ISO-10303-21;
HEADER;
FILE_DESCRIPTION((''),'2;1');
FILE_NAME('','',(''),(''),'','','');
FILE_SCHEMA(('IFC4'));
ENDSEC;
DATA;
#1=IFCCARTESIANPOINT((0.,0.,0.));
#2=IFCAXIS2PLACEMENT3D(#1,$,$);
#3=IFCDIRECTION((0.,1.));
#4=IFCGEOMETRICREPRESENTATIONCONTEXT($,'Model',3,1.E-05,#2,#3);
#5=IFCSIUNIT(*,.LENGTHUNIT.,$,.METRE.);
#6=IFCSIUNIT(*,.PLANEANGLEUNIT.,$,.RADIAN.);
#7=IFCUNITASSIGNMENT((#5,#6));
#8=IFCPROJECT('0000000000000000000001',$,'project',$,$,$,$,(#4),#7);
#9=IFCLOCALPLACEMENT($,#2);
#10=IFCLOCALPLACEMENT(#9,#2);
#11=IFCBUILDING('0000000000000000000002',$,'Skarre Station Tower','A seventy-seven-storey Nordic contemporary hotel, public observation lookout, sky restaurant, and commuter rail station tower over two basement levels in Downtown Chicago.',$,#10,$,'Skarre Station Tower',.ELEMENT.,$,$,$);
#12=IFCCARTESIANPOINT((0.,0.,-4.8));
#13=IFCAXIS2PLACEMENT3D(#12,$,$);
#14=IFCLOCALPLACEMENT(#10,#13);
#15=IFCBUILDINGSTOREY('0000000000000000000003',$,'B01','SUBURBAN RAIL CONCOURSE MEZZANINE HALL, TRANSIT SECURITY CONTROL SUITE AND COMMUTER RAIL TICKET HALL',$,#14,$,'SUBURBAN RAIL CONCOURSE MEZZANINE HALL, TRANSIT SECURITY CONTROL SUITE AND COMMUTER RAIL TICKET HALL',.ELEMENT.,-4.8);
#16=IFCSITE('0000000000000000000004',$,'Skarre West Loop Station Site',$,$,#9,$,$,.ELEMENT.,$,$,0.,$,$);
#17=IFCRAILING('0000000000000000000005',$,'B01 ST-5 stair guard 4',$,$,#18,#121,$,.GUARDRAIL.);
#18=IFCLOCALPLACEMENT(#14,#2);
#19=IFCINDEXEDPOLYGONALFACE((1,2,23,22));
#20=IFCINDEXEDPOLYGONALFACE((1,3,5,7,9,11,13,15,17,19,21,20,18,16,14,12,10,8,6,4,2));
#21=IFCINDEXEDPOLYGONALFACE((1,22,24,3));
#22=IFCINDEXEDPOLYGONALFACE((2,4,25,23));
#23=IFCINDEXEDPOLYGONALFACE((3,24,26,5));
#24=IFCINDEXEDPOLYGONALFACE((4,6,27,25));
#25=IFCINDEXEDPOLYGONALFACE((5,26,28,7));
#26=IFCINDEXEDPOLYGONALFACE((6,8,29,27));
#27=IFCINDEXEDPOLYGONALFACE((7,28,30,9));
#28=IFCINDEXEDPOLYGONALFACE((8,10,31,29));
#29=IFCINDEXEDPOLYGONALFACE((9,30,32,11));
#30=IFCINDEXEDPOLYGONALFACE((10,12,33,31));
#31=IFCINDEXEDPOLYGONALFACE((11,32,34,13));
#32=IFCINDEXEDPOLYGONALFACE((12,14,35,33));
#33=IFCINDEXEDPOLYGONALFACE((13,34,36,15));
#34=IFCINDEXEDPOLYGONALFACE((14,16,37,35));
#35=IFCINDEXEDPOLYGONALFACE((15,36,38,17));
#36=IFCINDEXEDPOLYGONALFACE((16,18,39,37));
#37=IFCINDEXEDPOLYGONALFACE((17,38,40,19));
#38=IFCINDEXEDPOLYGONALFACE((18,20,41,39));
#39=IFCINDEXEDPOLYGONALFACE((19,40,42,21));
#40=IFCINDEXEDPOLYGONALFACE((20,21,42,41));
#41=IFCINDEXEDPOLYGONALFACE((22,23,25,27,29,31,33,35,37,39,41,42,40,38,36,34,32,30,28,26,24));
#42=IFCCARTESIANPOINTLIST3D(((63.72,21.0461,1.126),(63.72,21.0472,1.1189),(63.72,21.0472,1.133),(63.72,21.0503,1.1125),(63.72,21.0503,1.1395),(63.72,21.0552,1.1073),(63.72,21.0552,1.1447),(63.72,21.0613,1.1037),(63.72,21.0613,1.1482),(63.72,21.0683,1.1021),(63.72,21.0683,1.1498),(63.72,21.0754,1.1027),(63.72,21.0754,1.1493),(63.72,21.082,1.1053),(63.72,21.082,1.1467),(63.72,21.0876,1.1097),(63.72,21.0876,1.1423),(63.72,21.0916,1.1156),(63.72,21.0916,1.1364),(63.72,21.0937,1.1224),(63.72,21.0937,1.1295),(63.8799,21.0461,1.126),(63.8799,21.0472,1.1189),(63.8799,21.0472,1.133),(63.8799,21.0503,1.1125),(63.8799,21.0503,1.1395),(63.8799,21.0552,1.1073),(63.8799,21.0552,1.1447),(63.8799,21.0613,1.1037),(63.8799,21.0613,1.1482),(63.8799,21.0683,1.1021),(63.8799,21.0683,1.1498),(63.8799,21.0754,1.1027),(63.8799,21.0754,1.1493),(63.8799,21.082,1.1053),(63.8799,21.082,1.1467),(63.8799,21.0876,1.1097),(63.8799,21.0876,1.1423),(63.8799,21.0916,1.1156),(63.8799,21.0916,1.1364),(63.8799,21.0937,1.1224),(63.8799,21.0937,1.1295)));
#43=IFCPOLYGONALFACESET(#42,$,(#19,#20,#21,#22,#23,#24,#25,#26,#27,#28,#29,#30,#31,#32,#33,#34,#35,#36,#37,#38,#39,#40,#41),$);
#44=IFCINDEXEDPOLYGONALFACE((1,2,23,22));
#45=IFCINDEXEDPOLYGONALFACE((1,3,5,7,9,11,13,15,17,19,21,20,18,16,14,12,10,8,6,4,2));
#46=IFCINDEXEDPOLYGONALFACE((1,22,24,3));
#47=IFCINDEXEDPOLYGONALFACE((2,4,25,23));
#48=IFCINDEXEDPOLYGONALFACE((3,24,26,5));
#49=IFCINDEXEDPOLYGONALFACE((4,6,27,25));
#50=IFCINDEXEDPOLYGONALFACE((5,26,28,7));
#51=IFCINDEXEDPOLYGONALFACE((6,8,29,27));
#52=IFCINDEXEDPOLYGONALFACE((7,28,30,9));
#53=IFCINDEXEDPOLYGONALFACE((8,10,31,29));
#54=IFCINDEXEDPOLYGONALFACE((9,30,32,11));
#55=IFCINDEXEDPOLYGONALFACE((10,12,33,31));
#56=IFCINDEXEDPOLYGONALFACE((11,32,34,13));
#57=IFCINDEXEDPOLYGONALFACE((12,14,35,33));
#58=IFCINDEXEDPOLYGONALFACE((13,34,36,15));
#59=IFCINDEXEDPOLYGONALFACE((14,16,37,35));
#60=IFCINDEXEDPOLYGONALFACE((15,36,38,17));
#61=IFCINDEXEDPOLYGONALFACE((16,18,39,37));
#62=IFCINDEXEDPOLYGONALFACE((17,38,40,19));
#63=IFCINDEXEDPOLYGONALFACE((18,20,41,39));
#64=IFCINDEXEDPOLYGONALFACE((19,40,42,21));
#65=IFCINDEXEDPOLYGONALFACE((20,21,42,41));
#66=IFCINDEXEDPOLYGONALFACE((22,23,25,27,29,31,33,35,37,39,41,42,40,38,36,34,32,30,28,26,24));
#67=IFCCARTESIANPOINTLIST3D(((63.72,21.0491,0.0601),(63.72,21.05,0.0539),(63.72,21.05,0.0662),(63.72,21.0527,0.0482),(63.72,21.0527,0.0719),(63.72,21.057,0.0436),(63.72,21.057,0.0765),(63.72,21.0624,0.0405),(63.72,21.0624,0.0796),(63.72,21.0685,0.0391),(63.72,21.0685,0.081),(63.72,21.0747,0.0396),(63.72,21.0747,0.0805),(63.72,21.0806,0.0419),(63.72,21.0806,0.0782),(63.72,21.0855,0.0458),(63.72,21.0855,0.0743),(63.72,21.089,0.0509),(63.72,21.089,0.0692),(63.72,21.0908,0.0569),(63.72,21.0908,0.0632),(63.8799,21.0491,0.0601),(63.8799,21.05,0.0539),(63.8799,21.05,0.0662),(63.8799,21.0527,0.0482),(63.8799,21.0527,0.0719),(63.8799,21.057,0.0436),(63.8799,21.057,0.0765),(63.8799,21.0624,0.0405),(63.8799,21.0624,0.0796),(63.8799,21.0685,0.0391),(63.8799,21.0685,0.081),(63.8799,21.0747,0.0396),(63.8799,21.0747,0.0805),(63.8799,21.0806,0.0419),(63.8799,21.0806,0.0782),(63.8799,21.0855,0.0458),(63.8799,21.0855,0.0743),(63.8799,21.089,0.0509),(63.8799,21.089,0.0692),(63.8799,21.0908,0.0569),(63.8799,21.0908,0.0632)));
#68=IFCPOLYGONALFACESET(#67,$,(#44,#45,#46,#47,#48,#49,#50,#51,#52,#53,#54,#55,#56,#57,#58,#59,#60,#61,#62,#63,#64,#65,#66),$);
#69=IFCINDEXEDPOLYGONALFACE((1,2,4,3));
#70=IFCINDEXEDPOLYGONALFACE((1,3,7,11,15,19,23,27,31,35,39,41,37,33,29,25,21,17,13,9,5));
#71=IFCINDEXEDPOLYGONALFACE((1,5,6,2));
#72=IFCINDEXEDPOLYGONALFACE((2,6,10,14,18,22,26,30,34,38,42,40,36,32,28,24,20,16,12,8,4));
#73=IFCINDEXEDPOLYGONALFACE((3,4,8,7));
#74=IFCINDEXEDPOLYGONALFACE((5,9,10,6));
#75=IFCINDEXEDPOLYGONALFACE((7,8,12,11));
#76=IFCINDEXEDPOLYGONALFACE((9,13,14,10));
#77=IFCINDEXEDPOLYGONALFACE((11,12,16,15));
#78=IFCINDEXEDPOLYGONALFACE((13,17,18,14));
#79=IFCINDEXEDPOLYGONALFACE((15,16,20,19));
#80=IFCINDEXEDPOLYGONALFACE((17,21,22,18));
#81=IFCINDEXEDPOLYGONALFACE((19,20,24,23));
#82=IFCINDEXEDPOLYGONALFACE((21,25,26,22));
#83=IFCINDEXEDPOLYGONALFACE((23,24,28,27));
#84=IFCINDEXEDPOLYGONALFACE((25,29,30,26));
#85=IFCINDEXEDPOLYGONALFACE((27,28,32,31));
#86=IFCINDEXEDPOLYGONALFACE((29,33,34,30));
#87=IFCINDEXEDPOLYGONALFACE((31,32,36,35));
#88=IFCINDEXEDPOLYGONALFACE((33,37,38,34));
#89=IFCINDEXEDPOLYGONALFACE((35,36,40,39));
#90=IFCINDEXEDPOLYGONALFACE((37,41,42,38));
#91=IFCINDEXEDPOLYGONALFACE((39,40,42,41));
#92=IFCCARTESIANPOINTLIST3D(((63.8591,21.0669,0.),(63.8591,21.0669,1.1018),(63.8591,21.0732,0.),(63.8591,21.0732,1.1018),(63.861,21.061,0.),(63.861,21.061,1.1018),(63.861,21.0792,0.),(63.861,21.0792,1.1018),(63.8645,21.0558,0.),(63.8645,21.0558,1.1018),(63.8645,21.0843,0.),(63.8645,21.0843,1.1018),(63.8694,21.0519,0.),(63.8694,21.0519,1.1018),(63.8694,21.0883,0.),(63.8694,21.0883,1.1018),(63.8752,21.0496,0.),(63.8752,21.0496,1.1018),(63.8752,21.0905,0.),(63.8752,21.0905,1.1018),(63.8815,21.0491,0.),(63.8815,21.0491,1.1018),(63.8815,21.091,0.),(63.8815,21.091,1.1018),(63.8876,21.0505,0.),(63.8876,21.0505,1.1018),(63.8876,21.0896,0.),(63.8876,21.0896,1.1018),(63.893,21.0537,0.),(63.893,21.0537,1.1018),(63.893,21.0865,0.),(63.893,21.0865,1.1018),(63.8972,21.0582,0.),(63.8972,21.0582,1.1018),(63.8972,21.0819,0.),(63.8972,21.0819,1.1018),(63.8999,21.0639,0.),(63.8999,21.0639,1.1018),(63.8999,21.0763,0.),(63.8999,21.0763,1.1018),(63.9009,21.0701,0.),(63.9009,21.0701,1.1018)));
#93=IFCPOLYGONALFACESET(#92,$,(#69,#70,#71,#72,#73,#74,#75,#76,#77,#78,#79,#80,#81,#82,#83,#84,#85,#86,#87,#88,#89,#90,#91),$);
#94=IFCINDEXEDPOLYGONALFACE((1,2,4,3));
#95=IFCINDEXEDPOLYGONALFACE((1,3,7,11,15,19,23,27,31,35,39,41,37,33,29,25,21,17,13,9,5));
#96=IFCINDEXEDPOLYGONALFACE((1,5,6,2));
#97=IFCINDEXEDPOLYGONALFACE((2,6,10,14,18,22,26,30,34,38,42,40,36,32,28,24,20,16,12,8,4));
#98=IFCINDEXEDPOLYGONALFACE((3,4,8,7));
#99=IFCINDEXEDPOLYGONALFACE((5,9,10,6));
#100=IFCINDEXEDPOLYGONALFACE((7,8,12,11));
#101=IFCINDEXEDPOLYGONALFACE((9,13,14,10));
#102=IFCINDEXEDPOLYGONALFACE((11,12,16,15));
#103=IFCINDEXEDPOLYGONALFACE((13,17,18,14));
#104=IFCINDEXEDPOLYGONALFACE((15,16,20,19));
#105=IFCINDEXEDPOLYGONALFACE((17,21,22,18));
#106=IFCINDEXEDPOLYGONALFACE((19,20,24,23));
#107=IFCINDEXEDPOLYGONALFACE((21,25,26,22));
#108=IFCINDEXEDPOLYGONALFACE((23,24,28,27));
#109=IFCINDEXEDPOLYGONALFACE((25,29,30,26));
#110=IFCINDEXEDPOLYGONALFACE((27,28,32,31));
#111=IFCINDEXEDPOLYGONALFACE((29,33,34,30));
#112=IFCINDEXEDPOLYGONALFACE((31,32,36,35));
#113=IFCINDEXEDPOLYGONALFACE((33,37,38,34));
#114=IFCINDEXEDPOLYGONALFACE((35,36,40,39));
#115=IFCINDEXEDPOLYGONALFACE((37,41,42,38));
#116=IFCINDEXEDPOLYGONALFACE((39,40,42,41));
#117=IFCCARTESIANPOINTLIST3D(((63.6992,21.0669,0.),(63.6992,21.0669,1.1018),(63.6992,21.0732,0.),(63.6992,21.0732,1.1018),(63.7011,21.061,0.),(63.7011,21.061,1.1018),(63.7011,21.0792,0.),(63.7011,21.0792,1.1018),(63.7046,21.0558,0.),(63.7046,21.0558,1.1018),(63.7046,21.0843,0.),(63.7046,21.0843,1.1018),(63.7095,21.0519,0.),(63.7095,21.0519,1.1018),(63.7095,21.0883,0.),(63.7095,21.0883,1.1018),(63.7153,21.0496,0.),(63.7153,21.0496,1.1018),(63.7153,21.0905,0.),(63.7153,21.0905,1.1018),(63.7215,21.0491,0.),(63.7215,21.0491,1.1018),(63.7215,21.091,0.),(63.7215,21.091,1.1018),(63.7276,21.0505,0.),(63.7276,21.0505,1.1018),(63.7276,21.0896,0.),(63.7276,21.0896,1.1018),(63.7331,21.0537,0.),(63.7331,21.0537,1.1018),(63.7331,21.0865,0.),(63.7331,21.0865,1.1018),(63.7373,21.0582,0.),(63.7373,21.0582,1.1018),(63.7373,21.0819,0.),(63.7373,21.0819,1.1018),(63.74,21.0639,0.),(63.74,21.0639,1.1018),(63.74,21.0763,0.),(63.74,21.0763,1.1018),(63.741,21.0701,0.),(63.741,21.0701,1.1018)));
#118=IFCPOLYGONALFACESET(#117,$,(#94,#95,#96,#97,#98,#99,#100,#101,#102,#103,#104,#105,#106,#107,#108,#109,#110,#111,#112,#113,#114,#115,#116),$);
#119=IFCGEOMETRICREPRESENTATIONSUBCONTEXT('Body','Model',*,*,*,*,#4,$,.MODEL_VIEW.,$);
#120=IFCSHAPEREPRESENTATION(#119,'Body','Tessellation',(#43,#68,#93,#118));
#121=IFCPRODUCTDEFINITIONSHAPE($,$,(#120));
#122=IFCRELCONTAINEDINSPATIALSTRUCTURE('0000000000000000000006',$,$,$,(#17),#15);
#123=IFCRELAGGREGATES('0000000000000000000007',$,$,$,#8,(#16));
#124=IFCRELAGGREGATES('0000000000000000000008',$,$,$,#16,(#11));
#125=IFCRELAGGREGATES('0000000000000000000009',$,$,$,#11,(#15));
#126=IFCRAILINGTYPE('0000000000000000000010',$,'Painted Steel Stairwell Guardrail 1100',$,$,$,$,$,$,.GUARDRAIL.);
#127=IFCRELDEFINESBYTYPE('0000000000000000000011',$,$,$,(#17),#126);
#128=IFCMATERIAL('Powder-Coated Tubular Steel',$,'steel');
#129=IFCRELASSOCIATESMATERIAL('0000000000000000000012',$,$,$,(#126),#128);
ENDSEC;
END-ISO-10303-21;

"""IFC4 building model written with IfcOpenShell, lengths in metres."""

from ifc_helpers import new_model, si_unit, direction, frame, origin, origin_2d, place, context, subcontext, project, spatial, circle, extrude, material, type_object, element, save


model = new_model("IFC4")

# Units and contexts
model_context = context("Model", 3, precision=1e-05, world=origin(), true_north=direction((0.0, 1.0)))
body_context = subcontext(model_context, "Body", "Model", "MODEL_VIEW")
ifc_project = project(units=[si_unit("LENGTHUNIT", "METRE"), si_unit("PLANEANGLEUNIT", "RADIAN")], contexts=[model_context])

# Site, building, storey
site_placement = place(None, origin())
site = spatial("IfcSite", under=ifc_project, at=site_placement, Name="Skarre West Loop Station Site", CompositionType="ELEMENT", RefElevation=0.0)
building_placement = place(site_placement, origin())
building = spatial("IfcBuilding", under=site, at=building_placement, Name="Skarre Station Tower", Description="A seventy-seven-storey Nordic contemporary hotel, public observation lookout, sky restaurant, and commuter rail station tower over two basement levels in Downtown Chicago.", LongName="Skarre Station Tower", CompositionType="ELEMENT")
storey_placement = place(building_placement, frame((0.0, 0.0, -4.8)))
storey = spatial("IfcBuildingStorey", under=building, at=storey_placement, Name="B01", Description="SUBURBAN RAIL CONCOURSE MEZZANINE HALL, TRANSIT SECURITY CONTROL SUITE AND COMMUTER RAIL TICKET HALL", LongName="SUBURBAN RAIL CONCOURSE MEZZANINE HALL, TRANSIT SECURITY CONTROL SUITE AND COMMUTER RAIL TICKET HALL", CompositionType="ELEMENT", Elevation=-4.8)

# Railing
ifc_material_1 = material(Name="Powder-Coated Tubular Steel", Category="steel")
railing_type_1 = type_object("IfcRailingType", Name="Painted Steel Stairwell Guardrail 1100", PredefinedType="GUARDRAIL", material=ifc_material_1)
railing_1_placement = place(storey_placement, frame((63.8799, 21.0701, 0.0)))
element("IfcRailing", 1, at=railing_1_placement, inside=storey, type_object=railing_type_1, Name="B01 ST-5 stair guard 4", PredefinedType="GUARDRAIL", context=body_context, shape_type="SweptSolid", body=[
    extrude(circle(Radius=0.0239, at=origin_2d()), frame((0.0, 0.0, 1.126), z_axis=(-1.0, 0.0, 0.0), x_axis=(0.0, -1.0, 0.0)), (0.0, 0.0, 1.0), 0.1599),
    extrude(circle(Radius=0.021, at=origin_2d()), frame((0.0, 0.0, 0.0601), z_axis=(-1.0, 0.0, 0.0), x_axis=(0.0, -1.0, 0.0)), (0.0, 0.0, 1.0), 0.1599),
    extrude(circle(Radius=0.021, at=origin_2d()), origin(), (0.0, 0.0, 1.0), 1.1018),
    extrude(circle(Radius=0.021, at=origin_2d()), frame((-0.1599, 0.0, 0.0)), (0.0, 0.0, 1.0), 1.1018),
])

save(model, "model.ifc")
